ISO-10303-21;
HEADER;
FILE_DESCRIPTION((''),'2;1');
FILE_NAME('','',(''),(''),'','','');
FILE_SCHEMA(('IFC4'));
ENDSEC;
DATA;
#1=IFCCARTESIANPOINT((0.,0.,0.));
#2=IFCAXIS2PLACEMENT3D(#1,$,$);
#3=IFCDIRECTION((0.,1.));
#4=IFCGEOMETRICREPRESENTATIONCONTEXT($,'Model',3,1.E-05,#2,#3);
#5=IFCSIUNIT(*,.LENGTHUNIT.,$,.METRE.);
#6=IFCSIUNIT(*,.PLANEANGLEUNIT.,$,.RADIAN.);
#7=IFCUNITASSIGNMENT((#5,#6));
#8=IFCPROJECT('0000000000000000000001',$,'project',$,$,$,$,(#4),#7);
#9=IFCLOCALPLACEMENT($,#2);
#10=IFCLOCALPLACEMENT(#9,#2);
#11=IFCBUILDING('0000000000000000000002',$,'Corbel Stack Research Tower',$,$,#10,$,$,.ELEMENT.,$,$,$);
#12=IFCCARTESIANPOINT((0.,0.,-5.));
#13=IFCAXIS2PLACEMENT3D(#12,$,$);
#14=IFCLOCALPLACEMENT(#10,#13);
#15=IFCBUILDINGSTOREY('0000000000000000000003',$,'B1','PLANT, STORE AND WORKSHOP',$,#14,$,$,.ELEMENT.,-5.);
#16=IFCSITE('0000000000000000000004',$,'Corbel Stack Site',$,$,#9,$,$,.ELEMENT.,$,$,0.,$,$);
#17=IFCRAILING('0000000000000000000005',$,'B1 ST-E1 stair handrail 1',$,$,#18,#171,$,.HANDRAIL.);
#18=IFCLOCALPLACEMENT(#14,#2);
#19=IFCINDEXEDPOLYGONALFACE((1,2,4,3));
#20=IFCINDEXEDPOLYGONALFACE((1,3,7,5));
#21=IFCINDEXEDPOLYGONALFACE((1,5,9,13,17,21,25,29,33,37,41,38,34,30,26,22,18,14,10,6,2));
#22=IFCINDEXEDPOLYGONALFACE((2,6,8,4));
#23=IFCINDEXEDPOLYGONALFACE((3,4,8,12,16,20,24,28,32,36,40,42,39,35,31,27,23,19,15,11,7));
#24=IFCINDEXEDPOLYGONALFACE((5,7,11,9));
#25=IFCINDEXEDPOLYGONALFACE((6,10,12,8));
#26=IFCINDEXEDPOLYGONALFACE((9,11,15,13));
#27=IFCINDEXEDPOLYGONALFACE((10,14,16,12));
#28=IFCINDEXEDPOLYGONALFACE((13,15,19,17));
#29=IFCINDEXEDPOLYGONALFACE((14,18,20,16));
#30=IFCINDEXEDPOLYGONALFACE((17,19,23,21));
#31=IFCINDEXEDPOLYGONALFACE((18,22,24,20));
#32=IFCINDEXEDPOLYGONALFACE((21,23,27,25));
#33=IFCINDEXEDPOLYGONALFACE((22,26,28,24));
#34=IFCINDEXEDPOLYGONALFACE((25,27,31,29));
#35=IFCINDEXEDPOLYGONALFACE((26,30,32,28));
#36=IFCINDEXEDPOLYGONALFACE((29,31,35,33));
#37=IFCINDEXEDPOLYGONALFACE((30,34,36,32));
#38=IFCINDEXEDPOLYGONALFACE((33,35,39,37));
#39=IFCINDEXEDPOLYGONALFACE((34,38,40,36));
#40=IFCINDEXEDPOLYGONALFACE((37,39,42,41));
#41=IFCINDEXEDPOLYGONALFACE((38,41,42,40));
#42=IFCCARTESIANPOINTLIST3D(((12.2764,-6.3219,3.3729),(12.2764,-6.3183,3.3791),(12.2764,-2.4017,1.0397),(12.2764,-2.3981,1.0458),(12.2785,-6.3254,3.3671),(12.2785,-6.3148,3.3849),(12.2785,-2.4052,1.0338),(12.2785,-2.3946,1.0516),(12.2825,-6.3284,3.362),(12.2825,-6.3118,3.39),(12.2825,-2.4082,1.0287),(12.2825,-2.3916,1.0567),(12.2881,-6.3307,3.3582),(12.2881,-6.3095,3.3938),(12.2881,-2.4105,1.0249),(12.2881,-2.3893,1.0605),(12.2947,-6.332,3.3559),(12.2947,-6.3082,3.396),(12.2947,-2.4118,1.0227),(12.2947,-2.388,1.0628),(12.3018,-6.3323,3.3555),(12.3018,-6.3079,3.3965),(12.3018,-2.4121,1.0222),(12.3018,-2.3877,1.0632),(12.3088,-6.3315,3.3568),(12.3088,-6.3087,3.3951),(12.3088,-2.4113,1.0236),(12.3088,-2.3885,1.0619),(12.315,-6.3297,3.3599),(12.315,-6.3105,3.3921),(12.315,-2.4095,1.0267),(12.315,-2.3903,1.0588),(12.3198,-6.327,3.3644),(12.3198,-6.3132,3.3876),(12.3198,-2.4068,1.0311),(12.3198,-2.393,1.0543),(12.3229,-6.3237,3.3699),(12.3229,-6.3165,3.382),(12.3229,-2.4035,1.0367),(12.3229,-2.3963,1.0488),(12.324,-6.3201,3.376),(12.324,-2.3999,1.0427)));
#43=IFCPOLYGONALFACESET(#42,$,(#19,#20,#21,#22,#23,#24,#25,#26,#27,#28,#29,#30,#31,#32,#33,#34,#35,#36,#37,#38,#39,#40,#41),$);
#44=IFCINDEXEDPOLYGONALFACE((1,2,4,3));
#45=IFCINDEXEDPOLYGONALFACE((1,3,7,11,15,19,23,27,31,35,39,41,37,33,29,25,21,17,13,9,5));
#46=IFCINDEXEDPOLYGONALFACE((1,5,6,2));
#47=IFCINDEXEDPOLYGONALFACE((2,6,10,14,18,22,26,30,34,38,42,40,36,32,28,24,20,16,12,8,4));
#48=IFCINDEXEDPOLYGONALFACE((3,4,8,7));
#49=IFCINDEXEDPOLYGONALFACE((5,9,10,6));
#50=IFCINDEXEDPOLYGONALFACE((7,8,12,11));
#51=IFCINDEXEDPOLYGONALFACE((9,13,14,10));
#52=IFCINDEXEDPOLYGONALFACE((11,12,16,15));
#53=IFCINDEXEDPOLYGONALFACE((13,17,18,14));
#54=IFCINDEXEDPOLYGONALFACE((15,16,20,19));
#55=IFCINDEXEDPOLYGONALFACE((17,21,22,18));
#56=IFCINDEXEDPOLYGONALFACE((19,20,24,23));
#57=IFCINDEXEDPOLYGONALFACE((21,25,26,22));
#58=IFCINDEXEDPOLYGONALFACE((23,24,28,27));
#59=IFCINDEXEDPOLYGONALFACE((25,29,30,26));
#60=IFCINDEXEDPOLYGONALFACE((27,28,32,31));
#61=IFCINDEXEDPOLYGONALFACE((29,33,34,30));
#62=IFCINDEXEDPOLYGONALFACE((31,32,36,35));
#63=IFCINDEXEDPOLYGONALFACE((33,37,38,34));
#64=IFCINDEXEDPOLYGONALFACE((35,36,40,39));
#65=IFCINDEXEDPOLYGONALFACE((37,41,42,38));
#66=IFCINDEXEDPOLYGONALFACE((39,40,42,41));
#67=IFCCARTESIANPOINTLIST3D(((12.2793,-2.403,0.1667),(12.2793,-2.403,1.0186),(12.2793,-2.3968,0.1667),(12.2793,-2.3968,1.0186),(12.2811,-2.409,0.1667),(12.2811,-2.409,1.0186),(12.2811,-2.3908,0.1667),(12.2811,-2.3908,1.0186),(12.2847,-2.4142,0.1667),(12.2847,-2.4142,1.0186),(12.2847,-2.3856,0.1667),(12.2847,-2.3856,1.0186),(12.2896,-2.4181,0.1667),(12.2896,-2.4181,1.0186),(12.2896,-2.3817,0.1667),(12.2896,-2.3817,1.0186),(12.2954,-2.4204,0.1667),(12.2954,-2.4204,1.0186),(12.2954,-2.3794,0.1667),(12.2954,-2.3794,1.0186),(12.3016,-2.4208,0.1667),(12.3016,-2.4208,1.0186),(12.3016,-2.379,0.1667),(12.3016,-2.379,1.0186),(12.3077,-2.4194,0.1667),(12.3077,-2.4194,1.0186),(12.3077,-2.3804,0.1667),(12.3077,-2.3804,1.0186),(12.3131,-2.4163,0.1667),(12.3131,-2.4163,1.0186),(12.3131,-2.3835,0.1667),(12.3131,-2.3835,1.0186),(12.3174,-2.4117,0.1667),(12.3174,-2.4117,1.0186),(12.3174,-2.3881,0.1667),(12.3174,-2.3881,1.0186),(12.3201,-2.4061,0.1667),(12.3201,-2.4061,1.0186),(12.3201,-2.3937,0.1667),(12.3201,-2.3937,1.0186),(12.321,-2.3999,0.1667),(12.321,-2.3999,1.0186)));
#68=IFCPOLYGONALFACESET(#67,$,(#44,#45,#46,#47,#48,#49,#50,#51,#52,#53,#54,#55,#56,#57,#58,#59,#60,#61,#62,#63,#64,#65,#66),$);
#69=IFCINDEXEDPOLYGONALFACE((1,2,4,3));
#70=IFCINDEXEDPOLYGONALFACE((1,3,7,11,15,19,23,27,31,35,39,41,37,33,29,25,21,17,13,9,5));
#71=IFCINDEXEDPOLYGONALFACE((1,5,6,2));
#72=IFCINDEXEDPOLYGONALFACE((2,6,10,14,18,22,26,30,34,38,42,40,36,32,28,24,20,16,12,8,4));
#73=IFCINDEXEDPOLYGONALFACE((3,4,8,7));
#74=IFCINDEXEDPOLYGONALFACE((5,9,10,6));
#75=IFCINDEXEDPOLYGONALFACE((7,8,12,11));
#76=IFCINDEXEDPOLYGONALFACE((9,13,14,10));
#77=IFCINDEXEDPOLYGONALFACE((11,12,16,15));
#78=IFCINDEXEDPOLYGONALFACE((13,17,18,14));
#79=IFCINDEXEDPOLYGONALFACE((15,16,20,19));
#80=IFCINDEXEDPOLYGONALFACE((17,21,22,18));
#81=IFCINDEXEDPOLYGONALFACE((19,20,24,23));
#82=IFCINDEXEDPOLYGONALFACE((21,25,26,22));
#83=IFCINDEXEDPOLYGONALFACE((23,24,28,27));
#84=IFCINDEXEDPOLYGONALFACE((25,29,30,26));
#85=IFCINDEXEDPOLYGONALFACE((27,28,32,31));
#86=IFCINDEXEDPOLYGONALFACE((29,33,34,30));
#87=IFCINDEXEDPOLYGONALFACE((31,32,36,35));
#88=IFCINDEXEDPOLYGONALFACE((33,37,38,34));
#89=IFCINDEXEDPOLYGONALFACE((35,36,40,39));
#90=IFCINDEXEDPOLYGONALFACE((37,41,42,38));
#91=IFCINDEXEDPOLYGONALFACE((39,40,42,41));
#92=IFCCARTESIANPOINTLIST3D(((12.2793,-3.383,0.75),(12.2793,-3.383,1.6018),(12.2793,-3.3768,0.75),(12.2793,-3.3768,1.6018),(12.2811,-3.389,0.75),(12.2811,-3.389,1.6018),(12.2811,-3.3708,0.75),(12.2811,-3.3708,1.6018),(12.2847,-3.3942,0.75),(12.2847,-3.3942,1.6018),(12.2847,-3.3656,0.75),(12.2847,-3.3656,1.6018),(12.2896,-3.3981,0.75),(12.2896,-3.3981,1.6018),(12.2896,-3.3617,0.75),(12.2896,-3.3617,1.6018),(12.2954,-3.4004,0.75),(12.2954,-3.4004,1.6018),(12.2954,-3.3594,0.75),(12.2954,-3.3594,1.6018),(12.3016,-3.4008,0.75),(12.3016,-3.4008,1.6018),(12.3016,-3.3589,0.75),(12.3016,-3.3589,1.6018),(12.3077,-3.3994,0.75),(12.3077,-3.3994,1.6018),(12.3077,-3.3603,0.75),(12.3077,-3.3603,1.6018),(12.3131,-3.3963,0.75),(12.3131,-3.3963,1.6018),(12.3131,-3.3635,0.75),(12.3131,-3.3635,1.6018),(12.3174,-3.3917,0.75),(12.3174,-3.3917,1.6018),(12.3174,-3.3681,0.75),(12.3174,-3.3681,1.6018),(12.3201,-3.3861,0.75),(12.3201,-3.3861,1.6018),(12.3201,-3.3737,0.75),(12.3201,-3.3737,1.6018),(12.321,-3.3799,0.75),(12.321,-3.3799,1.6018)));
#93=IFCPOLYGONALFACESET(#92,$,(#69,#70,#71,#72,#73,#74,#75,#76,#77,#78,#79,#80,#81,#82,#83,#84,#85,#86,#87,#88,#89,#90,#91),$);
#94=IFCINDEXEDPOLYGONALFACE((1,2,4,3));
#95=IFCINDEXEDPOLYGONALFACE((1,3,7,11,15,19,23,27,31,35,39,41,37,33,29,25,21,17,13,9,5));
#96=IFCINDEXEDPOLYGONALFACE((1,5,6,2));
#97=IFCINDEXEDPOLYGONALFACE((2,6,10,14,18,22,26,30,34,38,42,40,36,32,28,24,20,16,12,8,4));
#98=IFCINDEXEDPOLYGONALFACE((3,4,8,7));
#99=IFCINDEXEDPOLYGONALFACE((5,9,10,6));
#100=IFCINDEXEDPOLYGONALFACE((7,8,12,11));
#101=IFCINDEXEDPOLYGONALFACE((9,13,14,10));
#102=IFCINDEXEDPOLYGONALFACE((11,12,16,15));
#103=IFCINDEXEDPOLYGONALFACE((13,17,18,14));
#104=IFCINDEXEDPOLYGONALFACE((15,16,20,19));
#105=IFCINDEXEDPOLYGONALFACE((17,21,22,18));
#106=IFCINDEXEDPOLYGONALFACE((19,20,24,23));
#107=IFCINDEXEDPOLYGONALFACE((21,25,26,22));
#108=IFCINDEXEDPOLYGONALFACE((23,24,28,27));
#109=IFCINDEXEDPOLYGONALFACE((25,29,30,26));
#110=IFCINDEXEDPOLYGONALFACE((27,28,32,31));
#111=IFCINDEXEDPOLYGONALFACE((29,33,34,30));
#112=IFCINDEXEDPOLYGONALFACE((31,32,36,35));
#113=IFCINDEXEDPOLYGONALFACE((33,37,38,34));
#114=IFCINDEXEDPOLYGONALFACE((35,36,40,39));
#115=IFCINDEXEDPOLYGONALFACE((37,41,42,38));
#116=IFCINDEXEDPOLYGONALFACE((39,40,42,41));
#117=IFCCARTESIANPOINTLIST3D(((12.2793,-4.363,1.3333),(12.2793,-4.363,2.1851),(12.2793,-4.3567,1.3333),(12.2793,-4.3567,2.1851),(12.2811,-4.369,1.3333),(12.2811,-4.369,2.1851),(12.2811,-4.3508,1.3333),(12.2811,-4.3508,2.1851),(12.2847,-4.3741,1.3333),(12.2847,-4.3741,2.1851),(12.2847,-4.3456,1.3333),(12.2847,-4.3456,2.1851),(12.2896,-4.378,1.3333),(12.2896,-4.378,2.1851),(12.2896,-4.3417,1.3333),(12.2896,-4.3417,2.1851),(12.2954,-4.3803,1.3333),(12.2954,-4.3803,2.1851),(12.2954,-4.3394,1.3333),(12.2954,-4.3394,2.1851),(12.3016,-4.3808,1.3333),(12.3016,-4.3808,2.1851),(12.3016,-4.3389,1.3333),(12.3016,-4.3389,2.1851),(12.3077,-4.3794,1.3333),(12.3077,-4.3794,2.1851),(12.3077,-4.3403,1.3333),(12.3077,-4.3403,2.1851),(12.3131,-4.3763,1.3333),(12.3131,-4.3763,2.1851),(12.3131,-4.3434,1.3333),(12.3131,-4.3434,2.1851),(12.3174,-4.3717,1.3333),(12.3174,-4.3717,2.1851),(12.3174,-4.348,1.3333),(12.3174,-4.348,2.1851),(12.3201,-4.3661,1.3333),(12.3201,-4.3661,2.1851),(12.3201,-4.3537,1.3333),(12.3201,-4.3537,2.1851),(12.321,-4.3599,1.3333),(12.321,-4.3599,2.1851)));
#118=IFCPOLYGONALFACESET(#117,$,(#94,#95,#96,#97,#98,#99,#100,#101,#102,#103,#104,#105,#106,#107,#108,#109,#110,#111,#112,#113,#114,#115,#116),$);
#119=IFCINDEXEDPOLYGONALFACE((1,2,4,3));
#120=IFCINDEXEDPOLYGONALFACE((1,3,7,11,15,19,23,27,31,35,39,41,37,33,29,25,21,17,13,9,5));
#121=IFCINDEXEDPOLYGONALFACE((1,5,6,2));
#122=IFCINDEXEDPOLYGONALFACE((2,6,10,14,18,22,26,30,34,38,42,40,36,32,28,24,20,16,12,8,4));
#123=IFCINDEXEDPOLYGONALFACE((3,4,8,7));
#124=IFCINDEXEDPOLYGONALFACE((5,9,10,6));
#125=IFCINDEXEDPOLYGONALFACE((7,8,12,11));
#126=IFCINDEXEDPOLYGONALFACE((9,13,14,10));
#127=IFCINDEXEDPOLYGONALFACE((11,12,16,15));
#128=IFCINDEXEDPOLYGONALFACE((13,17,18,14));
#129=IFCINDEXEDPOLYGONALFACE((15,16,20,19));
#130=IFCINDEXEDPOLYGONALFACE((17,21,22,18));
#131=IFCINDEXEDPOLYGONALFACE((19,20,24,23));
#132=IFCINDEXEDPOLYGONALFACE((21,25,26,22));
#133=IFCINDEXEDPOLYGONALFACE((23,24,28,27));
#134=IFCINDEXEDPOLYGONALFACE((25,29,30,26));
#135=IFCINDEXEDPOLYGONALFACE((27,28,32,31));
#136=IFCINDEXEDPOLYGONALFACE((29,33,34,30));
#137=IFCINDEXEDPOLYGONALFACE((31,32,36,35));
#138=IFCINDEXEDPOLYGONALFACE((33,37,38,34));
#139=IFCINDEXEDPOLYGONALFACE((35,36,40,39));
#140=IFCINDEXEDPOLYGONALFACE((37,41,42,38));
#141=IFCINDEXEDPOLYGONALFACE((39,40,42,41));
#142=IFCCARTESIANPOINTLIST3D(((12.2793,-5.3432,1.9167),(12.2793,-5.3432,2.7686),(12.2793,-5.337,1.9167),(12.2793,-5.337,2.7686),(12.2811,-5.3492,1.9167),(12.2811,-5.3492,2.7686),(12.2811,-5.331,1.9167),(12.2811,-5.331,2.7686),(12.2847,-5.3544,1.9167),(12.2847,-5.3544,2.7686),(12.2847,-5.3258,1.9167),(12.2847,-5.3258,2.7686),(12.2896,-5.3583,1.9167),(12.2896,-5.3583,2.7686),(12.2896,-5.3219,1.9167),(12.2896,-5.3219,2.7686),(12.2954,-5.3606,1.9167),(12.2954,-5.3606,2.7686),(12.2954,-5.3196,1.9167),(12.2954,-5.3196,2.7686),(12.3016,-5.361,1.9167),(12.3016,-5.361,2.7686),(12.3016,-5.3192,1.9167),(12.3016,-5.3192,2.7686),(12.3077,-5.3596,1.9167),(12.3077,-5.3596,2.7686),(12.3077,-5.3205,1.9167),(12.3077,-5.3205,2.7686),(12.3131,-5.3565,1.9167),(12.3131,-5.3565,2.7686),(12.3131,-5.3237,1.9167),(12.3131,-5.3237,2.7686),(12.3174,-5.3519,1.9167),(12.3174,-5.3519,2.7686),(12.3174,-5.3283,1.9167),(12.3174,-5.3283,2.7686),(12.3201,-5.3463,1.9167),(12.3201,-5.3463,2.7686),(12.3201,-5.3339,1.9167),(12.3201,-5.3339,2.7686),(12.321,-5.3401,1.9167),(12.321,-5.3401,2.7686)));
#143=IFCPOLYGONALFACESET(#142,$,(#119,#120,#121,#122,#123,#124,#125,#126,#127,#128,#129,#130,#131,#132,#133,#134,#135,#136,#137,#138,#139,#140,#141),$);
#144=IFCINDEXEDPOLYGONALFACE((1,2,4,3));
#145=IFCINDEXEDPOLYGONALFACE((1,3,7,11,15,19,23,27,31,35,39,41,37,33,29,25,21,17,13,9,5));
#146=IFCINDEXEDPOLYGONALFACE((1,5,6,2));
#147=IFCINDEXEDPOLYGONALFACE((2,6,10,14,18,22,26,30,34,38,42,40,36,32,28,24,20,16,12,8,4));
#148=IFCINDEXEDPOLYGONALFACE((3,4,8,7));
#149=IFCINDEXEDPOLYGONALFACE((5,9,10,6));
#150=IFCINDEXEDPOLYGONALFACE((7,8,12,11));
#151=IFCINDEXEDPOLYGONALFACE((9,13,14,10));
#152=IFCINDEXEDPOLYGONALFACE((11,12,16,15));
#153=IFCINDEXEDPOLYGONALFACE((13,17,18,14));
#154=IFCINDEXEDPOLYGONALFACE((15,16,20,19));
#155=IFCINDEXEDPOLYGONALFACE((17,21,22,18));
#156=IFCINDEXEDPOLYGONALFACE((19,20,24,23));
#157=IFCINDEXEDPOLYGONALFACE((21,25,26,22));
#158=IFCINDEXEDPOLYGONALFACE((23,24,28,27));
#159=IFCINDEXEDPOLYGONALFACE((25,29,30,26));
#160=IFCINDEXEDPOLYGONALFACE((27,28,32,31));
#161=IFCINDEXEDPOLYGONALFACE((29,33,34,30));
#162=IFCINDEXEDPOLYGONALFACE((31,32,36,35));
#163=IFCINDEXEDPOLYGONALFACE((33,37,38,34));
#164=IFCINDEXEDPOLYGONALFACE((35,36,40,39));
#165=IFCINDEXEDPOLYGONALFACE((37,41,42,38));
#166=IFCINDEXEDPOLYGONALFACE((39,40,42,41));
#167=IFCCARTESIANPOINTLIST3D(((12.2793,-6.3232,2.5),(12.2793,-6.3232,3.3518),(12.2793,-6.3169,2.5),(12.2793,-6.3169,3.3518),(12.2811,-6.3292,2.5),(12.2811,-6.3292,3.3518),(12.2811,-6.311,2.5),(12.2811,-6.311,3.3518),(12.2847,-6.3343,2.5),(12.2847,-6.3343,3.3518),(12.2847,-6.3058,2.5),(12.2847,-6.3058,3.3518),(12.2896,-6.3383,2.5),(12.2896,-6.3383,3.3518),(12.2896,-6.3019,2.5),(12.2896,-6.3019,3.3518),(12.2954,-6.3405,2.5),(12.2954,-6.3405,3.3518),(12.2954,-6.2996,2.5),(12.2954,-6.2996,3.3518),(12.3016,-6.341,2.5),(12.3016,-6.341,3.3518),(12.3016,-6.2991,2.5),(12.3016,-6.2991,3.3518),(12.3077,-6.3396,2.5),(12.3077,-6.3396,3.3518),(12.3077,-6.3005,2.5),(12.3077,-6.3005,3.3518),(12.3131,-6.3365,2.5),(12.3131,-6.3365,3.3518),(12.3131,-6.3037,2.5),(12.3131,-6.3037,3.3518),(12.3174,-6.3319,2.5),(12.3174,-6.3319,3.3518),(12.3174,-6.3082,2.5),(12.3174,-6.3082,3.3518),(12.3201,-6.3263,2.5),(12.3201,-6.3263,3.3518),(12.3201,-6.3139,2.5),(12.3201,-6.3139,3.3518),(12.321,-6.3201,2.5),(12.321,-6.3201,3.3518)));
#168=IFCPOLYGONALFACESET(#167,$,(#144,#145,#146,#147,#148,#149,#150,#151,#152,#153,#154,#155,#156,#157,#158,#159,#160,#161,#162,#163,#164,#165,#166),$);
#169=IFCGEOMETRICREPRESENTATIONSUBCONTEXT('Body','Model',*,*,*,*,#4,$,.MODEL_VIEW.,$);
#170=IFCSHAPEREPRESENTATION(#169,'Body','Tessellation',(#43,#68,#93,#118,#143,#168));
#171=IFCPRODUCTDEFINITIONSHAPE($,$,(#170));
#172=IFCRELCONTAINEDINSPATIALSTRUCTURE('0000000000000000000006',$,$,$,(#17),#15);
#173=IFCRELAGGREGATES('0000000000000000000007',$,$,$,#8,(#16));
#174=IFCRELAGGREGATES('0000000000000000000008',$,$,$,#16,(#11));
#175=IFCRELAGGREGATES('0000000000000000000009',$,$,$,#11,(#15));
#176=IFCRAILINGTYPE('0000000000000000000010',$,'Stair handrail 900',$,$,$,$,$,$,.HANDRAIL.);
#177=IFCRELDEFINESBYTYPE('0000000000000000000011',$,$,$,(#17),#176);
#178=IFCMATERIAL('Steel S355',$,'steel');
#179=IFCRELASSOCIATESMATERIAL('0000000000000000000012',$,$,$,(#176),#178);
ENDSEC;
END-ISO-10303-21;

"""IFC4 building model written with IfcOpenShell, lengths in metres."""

from ifc_helpers import new_model, si_unit, direction, frame, origin, origin_2d, place, context, subcontext, project, spatial, circle, extrude, material, type_object, element, save


model = new_model("IFC4")

# Units and contexts
model_context = context("Model", 3, precision=1e-05, world=origin(), true_north=direction((0.0, 1.0)))
body_context = subcontext(model_context, "Body", "Model", "MODEL_VIEW")
ifc_project = project(units=[si_unit("LENGTHUNIT", "METRE"), si_unit("PLANEANGLEUNIT", "RADIAN")], contexts=[model_context])

# Site, building, storey
site_placement = place(None, origin())
site = spatial("IfcSite", under=ifc_project, at=site_placement, Name="Corbel Stack Site", CompositionType="ELEMENT", RefElevation=0.0)
building_placement = place(site_placement, origin())
building = spatial("IfcBuilding", under=site, at=building_placement, Name="Corbel Stack Research Tower", CompositionType="ELEMENT")
storey_placement = place(building_placement, frame((0.0, 0.0, -5.0)))
storey = spatial("IfcBuildingStorey", under=building, at=storey_placement, Name="B1", Description="PLANT, STORE AND WORKSHOP", CompositionType="ELEMENT", Elevation=-5.0)

# Railing
ifc_material_1 = material(Name="Steel S355", Category="steel")
railing_type_1 = type_object("IfcRailingType", Name="Stair handrail 900", PredefinedType="HANDRAIL", material=ifc_material_1)
railing_1_placement = place(storey_placement, frame((12.3, -2.3999, 0.1667)))
element("IfcRailing", 1, at=railing_1_placement, inside=storey, type_object=railing_type_1, Name="B1 ST-E1 stair handrail 1", PredefinedType="HANDRAIL", context=body_context, shape_type="SweptSolid", body=[
    extrude(circle(Radius=0.0239, at=origin_2d()), frame((0.0, 0.0, 0.876), z_axis=(0.0, -0.85931, 0.511455), x_axis=(1.0, 0.0, 0.0)), (0.0, 0.0, 1.0), 4.562),
    extrude(circle(Radius=0.021, at=origin_2d()), origin(), (0.0, 0.0, 1.0), 0.8518),
    extrude(circle(Radius=0.021, at=origin_2d()), frame((0.0, -0.98, 0.5833)), (0.0, 0.0, 1.0), 0.8518),
    extrude(circle(Radius=0.021, at=origin_2d()), frame((0.0, -1.96, 1.1665)), (0.0, 0.0, 1.0), 0.8518),
    extrude(circle(Radius=0.021, at=origin_2d()), frame((0.0, -2.9402, 1.75)), (0.0, 0.0, 1.0), 0.8518),
    extrude(circle(Radius=0.021, at=origin_2d()), frame((0.0, -3.9202, 2.3333)), (0.0, 0.0, 1.0), 0.8518),
])

save(model, "model.ifc")
